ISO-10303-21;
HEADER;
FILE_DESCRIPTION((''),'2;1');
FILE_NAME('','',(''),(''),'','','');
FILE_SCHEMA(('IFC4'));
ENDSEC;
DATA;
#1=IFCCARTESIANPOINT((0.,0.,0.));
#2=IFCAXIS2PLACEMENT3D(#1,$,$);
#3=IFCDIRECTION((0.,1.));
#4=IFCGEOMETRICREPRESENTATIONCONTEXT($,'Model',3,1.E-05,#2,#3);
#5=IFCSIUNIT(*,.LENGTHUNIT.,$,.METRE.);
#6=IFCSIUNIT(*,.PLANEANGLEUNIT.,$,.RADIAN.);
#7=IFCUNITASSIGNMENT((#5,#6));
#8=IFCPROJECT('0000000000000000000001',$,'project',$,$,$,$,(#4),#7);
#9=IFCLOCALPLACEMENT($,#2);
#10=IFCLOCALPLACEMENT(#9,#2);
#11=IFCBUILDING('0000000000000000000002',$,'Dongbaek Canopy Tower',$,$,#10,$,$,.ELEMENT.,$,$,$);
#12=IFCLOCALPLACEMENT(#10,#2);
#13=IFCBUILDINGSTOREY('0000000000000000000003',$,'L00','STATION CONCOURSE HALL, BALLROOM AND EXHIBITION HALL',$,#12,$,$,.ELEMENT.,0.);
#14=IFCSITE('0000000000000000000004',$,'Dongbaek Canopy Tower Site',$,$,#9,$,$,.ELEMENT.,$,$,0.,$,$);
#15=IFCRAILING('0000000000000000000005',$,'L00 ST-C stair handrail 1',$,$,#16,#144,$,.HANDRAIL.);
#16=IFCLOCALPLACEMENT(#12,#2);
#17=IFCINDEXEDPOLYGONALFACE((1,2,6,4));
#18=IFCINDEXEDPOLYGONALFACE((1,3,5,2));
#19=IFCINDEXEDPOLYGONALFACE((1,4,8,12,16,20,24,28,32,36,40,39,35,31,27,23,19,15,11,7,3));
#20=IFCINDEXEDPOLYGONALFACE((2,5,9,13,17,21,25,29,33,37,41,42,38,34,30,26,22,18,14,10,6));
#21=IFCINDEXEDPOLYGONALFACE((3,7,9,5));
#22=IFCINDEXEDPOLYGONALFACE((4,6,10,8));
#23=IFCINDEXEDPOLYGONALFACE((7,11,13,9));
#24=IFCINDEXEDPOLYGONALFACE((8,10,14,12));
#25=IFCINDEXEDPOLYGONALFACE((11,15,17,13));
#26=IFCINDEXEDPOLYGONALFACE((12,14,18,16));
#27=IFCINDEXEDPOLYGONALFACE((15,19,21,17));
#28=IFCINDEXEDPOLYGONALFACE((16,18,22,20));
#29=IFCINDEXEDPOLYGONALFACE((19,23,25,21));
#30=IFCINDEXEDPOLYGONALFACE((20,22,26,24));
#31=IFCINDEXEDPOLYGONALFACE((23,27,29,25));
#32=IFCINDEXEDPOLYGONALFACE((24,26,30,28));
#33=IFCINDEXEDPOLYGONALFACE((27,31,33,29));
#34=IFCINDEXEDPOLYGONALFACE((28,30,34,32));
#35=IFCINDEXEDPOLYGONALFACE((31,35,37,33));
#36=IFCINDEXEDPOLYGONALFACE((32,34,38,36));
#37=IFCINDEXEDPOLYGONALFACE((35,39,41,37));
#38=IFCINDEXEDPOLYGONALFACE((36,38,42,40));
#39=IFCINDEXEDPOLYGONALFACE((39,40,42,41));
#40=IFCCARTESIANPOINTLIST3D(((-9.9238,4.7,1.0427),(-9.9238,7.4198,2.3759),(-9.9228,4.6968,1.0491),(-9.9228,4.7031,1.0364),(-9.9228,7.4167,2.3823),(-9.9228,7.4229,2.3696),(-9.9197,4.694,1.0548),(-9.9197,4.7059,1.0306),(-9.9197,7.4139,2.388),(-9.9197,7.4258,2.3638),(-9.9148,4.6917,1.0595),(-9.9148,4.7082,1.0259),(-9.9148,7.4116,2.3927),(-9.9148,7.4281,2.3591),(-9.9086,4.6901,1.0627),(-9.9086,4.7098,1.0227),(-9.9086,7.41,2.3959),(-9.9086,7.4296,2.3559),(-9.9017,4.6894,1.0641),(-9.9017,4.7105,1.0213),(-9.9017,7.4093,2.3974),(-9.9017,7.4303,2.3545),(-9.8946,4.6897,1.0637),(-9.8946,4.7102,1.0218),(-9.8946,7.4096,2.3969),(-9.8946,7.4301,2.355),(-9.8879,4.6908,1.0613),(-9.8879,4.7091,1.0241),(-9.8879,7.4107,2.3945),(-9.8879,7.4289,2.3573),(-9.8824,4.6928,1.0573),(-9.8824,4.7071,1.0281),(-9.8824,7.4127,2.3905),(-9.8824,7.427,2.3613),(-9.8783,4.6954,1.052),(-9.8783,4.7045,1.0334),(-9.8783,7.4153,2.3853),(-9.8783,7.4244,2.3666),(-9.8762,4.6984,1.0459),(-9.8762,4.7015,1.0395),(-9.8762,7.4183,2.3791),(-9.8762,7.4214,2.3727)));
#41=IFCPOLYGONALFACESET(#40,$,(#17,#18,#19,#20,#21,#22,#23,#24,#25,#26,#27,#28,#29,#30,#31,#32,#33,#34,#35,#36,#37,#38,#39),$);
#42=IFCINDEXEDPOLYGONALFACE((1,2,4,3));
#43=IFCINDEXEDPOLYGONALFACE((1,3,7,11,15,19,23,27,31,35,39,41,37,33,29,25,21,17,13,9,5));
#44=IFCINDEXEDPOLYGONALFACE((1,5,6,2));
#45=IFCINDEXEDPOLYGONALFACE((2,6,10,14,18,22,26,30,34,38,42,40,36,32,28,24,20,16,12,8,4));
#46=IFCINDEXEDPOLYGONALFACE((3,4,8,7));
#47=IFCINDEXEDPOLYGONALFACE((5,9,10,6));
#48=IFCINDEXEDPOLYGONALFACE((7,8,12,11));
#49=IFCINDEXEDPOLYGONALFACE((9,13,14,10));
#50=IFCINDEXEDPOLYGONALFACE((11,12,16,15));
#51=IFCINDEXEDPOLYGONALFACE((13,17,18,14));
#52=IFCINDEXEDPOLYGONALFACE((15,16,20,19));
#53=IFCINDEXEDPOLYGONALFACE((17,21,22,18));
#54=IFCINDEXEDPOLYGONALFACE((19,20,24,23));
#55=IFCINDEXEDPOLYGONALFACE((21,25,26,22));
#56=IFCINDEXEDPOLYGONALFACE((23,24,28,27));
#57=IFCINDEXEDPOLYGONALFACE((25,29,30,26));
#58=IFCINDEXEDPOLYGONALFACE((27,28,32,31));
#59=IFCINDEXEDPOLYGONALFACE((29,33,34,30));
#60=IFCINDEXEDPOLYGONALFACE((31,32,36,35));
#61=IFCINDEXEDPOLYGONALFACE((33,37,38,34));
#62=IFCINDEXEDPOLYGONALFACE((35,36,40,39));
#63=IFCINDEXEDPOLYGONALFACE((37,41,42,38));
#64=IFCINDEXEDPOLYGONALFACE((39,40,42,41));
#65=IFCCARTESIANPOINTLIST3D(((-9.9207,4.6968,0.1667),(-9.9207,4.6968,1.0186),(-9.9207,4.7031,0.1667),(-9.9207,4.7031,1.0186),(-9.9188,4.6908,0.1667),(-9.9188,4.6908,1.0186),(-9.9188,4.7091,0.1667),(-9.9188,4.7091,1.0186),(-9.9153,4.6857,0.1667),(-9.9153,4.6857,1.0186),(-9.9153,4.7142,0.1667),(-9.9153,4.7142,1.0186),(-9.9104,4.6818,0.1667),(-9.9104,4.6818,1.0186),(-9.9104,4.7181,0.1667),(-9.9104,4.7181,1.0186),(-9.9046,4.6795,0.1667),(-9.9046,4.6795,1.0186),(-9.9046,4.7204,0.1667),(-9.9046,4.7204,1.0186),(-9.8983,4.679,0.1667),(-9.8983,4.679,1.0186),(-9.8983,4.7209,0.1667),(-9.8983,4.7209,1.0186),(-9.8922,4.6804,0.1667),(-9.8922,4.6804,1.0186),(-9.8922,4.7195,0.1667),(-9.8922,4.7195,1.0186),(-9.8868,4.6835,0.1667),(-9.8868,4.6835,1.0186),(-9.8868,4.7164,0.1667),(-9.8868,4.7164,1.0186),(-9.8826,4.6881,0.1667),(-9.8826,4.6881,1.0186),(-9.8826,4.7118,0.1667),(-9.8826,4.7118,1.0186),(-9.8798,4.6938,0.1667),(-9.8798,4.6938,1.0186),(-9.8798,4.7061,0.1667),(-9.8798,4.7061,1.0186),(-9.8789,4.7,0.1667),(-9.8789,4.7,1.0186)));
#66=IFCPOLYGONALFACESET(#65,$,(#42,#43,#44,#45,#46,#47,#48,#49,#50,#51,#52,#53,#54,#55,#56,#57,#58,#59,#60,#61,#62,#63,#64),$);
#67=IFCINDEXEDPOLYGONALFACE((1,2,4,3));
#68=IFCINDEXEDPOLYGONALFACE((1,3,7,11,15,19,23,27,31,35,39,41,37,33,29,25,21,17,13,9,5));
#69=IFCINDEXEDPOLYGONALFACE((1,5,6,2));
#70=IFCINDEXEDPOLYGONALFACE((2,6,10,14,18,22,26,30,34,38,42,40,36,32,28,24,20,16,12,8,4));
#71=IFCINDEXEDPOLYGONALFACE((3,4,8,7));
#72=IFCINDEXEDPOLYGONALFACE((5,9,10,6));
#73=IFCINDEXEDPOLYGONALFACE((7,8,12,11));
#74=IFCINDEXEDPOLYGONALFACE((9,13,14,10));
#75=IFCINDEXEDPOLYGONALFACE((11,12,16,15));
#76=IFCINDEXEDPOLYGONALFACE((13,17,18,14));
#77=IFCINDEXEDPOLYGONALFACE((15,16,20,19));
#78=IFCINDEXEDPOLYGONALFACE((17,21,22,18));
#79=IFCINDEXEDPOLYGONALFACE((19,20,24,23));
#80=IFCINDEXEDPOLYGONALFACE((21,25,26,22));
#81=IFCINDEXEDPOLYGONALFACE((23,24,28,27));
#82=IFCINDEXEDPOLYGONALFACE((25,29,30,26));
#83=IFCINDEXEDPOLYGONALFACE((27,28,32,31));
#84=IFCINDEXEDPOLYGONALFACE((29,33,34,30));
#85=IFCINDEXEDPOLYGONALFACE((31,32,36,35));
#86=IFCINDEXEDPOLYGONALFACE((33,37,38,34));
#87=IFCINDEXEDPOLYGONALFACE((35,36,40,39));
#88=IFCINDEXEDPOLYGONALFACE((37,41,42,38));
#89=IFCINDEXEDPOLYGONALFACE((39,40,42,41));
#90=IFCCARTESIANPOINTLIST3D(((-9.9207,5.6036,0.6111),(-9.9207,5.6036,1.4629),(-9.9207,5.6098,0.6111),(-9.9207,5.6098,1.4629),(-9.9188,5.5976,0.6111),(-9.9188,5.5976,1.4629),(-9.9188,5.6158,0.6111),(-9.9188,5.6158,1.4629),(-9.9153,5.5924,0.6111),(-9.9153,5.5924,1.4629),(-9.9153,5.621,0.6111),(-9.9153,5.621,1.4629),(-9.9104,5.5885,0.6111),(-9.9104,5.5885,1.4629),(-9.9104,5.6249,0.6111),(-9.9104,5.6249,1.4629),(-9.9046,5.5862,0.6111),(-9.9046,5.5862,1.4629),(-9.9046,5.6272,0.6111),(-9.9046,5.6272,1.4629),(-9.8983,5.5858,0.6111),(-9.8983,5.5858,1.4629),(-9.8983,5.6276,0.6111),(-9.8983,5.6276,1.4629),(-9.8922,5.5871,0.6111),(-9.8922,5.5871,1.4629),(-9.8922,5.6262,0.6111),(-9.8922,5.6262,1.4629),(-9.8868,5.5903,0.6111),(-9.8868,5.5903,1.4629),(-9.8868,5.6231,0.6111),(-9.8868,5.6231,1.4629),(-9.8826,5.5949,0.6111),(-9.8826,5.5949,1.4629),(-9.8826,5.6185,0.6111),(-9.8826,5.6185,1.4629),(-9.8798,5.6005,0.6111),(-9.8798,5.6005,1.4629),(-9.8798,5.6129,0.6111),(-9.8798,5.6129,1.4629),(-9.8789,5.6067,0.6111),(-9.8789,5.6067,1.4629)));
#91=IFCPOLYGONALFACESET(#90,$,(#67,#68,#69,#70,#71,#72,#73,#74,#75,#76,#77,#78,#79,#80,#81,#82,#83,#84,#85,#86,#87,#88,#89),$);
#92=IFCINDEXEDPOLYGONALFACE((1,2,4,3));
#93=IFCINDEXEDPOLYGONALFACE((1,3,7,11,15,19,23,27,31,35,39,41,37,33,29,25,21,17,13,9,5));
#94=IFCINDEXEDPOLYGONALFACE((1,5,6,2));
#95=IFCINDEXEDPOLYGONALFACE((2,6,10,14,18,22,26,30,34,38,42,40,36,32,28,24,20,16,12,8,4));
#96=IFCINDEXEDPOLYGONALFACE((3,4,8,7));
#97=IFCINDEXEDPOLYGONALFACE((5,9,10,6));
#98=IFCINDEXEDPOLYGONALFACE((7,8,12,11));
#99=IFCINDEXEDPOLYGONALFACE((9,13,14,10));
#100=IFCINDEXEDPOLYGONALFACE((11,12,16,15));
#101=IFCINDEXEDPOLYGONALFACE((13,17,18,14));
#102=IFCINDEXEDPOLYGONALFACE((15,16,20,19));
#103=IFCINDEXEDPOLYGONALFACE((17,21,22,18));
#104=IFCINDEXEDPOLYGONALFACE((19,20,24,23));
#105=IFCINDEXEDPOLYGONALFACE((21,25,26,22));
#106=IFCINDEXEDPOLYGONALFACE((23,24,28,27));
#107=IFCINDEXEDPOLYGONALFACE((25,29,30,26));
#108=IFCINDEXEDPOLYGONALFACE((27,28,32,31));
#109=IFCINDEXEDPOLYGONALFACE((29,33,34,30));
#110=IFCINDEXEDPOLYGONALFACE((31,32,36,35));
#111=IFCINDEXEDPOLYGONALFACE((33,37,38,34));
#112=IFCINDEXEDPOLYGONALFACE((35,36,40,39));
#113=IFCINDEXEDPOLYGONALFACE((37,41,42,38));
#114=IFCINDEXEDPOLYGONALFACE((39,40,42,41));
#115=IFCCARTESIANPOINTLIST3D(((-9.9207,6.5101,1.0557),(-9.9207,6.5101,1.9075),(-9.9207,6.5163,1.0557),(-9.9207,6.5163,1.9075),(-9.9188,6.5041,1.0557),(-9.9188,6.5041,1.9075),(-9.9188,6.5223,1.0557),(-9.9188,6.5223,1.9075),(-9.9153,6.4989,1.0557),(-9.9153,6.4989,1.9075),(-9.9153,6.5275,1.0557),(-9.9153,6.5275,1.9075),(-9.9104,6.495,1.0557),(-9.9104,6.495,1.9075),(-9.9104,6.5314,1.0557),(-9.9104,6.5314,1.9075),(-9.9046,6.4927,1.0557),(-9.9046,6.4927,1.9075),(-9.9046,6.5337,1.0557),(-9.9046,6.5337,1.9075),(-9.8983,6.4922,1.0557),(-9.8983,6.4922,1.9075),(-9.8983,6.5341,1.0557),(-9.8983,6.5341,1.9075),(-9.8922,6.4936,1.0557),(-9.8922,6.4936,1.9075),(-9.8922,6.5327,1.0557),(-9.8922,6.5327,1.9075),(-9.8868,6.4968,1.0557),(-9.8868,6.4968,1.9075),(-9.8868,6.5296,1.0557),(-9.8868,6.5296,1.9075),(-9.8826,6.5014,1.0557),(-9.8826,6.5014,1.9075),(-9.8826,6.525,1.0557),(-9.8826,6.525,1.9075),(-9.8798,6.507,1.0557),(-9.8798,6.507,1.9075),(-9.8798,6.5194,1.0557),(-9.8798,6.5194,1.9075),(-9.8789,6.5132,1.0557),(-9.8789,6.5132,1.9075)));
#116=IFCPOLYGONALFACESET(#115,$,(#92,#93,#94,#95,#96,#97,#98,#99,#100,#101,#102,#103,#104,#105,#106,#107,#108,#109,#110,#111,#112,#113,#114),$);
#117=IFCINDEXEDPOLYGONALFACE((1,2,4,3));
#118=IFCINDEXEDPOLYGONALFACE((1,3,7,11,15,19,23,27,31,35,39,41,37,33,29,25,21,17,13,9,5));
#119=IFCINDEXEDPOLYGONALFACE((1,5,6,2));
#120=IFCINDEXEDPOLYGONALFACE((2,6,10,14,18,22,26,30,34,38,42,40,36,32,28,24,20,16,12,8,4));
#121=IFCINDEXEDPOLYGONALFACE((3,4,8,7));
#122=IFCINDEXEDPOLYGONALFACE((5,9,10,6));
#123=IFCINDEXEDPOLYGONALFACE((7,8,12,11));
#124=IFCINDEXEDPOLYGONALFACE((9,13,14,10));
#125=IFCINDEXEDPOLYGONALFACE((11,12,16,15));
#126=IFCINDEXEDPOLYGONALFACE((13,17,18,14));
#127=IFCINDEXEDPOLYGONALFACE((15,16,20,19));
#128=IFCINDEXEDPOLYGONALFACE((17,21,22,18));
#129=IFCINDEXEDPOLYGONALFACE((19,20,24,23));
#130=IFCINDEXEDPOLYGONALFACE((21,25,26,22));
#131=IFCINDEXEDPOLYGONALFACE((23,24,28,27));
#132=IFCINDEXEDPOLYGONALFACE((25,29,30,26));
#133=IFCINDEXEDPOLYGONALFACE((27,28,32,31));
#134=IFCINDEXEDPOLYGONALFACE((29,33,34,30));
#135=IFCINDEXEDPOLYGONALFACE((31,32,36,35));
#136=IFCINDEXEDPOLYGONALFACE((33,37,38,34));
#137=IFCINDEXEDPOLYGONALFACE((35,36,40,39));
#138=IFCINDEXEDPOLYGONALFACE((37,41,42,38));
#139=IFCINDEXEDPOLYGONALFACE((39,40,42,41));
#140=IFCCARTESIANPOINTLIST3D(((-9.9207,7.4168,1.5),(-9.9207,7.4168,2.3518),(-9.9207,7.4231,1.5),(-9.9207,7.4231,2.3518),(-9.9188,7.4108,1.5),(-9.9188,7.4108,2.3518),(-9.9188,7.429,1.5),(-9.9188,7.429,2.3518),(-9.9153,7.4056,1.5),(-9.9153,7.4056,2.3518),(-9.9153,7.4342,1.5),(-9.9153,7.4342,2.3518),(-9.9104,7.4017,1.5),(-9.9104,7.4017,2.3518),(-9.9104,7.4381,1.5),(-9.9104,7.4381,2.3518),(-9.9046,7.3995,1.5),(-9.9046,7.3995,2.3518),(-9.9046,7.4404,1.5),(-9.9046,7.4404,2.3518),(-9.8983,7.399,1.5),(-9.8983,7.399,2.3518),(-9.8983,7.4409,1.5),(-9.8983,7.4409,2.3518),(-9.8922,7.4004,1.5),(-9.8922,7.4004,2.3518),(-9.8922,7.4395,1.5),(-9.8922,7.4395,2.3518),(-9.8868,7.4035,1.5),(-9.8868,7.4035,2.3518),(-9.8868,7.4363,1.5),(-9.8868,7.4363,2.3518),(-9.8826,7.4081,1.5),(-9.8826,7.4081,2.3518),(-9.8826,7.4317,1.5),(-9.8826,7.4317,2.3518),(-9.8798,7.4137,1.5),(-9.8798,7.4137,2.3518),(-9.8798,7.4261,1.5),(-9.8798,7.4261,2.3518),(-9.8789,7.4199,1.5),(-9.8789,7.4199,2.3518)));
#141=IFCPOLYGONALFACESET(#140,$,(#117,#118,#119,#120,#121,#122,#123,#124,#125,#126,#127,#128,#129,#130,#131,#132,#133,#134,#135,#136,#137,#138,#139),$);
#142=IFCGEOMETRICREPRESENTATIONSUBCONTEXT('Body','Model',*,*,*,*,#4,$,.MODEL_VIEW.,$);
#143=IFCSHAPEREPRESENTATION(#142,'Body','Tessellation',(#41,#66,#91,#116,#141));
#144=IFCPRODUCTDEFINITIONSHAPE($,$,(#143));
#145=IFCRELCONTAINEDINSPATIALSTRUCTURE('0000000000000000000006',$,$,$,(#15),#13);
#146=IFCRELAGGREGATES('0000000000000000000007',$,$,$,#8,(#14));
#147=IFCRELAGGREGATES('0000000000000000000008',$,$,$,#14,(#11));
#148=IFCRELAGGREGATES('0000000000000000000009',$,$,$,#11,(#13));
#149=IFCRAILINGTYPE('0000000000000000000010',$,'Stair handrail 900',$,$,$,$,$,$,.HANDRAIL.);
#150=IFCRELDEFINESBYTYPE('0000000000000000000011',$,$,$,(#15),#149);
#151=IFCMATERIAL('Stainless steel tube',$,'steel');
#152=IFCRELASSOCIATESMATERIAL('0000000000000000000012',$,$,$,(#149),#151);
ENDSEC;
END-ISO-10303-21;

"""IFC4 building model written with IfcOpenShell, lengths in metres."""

from ifc_helpers import new_model, si_unit, direction, frame, origin, origin_2d, place, context, subcontext, project, spatial, circle, extrude, material, type_object, element, save


model = new_model("IFC4")

# Units and contexts
model_context = context("Model", 3, precision=1e-05, world=origin(), true_north=direction((0.0, 1.0)))
body_context = subcontext(model_context, "Body", "Model", "MODEL_VIEW")
ifc_project = project(units=[si_unit("LENGTHUNIT", "METRE"), si_unit("PLANEANGLEUNIT", "RADIAN")], contexts=[model_context])

# Site, building, storey
site_placement = place(None, origin())
site = spatial("IfcSite", under=ifc_project, at=site_placement, Name="Dongbaek Canopy Tower Site", CompositionType="ELEMENT", RefElevation=0.0)
building_placement = place(site_placement, origin())
building = spatial("IfcBuilding", under=site, at=building_placement, Name="Dongbaek Canopy Tower", CompositionType="ELEMENT")
storey_placement = place(building_placement, origin())
storey = spatial("IfcBuildingStorey", under=building, at=storey_placement, Name="L00", Description="STATION CONCOURSE HALL, BALLROOM AND EXHIBITION HALL", CompositionType="ELEMENT", Elevation=0.0)

# Railing
ifc_material_1 = material(Name="Stainless steel tube", Category="steel")
railing_type_1 = type_object("IfcRailingType", Name="Stair handrail 900", PredefinedType="HANDRAIL", material=ifc_material_1)
for number, where, name in (
    (1, (-9.8999, 4.7, 0.1667), "L00 ST-C stair handrail 1"),
):
    element("IfcRailing", number, at=place(storey_placement, frame(where)), inside=storey, type_object=railing_type_1, Name=name, PredefinedType="HANDRAIL", context=body_context, shape_type="SweptSolid", body=[
        extrude(circle(Radius=0.0239, at=origin_2d()), frame((0.0, 0.0, 0.876), z_axis=(0.0, 0.897929, 0.440139), x_axis=(-1.0, 0.0, 0.0)), (0.0, 0.0, 1.0), 3.0291),
        extrude(circle(Radius=0.021, at=origin_2d()), origin(), (0.0, 0.0, 1.0), 0.8518),
        extrude(circle(Radius=0.021, at=origin_2d()), frame((0.0, 0.9067, 0.4443)), (0.0, 0.0, 1.0), 0.8518),
        extrude(circle(Radius=0.021, at=origin_2d()), frame((0.0, 1.8132, 0.8889)), (0.0, 0.0, 1.0), 0.8518),
        extrude(circle(Radius=0.021, at=origin_2d()), frame((0.0, 2.72, 1.3333)), (0.0, 0.0, 1.0), 0.8518),
    ])

save(model, "model.ifc")
